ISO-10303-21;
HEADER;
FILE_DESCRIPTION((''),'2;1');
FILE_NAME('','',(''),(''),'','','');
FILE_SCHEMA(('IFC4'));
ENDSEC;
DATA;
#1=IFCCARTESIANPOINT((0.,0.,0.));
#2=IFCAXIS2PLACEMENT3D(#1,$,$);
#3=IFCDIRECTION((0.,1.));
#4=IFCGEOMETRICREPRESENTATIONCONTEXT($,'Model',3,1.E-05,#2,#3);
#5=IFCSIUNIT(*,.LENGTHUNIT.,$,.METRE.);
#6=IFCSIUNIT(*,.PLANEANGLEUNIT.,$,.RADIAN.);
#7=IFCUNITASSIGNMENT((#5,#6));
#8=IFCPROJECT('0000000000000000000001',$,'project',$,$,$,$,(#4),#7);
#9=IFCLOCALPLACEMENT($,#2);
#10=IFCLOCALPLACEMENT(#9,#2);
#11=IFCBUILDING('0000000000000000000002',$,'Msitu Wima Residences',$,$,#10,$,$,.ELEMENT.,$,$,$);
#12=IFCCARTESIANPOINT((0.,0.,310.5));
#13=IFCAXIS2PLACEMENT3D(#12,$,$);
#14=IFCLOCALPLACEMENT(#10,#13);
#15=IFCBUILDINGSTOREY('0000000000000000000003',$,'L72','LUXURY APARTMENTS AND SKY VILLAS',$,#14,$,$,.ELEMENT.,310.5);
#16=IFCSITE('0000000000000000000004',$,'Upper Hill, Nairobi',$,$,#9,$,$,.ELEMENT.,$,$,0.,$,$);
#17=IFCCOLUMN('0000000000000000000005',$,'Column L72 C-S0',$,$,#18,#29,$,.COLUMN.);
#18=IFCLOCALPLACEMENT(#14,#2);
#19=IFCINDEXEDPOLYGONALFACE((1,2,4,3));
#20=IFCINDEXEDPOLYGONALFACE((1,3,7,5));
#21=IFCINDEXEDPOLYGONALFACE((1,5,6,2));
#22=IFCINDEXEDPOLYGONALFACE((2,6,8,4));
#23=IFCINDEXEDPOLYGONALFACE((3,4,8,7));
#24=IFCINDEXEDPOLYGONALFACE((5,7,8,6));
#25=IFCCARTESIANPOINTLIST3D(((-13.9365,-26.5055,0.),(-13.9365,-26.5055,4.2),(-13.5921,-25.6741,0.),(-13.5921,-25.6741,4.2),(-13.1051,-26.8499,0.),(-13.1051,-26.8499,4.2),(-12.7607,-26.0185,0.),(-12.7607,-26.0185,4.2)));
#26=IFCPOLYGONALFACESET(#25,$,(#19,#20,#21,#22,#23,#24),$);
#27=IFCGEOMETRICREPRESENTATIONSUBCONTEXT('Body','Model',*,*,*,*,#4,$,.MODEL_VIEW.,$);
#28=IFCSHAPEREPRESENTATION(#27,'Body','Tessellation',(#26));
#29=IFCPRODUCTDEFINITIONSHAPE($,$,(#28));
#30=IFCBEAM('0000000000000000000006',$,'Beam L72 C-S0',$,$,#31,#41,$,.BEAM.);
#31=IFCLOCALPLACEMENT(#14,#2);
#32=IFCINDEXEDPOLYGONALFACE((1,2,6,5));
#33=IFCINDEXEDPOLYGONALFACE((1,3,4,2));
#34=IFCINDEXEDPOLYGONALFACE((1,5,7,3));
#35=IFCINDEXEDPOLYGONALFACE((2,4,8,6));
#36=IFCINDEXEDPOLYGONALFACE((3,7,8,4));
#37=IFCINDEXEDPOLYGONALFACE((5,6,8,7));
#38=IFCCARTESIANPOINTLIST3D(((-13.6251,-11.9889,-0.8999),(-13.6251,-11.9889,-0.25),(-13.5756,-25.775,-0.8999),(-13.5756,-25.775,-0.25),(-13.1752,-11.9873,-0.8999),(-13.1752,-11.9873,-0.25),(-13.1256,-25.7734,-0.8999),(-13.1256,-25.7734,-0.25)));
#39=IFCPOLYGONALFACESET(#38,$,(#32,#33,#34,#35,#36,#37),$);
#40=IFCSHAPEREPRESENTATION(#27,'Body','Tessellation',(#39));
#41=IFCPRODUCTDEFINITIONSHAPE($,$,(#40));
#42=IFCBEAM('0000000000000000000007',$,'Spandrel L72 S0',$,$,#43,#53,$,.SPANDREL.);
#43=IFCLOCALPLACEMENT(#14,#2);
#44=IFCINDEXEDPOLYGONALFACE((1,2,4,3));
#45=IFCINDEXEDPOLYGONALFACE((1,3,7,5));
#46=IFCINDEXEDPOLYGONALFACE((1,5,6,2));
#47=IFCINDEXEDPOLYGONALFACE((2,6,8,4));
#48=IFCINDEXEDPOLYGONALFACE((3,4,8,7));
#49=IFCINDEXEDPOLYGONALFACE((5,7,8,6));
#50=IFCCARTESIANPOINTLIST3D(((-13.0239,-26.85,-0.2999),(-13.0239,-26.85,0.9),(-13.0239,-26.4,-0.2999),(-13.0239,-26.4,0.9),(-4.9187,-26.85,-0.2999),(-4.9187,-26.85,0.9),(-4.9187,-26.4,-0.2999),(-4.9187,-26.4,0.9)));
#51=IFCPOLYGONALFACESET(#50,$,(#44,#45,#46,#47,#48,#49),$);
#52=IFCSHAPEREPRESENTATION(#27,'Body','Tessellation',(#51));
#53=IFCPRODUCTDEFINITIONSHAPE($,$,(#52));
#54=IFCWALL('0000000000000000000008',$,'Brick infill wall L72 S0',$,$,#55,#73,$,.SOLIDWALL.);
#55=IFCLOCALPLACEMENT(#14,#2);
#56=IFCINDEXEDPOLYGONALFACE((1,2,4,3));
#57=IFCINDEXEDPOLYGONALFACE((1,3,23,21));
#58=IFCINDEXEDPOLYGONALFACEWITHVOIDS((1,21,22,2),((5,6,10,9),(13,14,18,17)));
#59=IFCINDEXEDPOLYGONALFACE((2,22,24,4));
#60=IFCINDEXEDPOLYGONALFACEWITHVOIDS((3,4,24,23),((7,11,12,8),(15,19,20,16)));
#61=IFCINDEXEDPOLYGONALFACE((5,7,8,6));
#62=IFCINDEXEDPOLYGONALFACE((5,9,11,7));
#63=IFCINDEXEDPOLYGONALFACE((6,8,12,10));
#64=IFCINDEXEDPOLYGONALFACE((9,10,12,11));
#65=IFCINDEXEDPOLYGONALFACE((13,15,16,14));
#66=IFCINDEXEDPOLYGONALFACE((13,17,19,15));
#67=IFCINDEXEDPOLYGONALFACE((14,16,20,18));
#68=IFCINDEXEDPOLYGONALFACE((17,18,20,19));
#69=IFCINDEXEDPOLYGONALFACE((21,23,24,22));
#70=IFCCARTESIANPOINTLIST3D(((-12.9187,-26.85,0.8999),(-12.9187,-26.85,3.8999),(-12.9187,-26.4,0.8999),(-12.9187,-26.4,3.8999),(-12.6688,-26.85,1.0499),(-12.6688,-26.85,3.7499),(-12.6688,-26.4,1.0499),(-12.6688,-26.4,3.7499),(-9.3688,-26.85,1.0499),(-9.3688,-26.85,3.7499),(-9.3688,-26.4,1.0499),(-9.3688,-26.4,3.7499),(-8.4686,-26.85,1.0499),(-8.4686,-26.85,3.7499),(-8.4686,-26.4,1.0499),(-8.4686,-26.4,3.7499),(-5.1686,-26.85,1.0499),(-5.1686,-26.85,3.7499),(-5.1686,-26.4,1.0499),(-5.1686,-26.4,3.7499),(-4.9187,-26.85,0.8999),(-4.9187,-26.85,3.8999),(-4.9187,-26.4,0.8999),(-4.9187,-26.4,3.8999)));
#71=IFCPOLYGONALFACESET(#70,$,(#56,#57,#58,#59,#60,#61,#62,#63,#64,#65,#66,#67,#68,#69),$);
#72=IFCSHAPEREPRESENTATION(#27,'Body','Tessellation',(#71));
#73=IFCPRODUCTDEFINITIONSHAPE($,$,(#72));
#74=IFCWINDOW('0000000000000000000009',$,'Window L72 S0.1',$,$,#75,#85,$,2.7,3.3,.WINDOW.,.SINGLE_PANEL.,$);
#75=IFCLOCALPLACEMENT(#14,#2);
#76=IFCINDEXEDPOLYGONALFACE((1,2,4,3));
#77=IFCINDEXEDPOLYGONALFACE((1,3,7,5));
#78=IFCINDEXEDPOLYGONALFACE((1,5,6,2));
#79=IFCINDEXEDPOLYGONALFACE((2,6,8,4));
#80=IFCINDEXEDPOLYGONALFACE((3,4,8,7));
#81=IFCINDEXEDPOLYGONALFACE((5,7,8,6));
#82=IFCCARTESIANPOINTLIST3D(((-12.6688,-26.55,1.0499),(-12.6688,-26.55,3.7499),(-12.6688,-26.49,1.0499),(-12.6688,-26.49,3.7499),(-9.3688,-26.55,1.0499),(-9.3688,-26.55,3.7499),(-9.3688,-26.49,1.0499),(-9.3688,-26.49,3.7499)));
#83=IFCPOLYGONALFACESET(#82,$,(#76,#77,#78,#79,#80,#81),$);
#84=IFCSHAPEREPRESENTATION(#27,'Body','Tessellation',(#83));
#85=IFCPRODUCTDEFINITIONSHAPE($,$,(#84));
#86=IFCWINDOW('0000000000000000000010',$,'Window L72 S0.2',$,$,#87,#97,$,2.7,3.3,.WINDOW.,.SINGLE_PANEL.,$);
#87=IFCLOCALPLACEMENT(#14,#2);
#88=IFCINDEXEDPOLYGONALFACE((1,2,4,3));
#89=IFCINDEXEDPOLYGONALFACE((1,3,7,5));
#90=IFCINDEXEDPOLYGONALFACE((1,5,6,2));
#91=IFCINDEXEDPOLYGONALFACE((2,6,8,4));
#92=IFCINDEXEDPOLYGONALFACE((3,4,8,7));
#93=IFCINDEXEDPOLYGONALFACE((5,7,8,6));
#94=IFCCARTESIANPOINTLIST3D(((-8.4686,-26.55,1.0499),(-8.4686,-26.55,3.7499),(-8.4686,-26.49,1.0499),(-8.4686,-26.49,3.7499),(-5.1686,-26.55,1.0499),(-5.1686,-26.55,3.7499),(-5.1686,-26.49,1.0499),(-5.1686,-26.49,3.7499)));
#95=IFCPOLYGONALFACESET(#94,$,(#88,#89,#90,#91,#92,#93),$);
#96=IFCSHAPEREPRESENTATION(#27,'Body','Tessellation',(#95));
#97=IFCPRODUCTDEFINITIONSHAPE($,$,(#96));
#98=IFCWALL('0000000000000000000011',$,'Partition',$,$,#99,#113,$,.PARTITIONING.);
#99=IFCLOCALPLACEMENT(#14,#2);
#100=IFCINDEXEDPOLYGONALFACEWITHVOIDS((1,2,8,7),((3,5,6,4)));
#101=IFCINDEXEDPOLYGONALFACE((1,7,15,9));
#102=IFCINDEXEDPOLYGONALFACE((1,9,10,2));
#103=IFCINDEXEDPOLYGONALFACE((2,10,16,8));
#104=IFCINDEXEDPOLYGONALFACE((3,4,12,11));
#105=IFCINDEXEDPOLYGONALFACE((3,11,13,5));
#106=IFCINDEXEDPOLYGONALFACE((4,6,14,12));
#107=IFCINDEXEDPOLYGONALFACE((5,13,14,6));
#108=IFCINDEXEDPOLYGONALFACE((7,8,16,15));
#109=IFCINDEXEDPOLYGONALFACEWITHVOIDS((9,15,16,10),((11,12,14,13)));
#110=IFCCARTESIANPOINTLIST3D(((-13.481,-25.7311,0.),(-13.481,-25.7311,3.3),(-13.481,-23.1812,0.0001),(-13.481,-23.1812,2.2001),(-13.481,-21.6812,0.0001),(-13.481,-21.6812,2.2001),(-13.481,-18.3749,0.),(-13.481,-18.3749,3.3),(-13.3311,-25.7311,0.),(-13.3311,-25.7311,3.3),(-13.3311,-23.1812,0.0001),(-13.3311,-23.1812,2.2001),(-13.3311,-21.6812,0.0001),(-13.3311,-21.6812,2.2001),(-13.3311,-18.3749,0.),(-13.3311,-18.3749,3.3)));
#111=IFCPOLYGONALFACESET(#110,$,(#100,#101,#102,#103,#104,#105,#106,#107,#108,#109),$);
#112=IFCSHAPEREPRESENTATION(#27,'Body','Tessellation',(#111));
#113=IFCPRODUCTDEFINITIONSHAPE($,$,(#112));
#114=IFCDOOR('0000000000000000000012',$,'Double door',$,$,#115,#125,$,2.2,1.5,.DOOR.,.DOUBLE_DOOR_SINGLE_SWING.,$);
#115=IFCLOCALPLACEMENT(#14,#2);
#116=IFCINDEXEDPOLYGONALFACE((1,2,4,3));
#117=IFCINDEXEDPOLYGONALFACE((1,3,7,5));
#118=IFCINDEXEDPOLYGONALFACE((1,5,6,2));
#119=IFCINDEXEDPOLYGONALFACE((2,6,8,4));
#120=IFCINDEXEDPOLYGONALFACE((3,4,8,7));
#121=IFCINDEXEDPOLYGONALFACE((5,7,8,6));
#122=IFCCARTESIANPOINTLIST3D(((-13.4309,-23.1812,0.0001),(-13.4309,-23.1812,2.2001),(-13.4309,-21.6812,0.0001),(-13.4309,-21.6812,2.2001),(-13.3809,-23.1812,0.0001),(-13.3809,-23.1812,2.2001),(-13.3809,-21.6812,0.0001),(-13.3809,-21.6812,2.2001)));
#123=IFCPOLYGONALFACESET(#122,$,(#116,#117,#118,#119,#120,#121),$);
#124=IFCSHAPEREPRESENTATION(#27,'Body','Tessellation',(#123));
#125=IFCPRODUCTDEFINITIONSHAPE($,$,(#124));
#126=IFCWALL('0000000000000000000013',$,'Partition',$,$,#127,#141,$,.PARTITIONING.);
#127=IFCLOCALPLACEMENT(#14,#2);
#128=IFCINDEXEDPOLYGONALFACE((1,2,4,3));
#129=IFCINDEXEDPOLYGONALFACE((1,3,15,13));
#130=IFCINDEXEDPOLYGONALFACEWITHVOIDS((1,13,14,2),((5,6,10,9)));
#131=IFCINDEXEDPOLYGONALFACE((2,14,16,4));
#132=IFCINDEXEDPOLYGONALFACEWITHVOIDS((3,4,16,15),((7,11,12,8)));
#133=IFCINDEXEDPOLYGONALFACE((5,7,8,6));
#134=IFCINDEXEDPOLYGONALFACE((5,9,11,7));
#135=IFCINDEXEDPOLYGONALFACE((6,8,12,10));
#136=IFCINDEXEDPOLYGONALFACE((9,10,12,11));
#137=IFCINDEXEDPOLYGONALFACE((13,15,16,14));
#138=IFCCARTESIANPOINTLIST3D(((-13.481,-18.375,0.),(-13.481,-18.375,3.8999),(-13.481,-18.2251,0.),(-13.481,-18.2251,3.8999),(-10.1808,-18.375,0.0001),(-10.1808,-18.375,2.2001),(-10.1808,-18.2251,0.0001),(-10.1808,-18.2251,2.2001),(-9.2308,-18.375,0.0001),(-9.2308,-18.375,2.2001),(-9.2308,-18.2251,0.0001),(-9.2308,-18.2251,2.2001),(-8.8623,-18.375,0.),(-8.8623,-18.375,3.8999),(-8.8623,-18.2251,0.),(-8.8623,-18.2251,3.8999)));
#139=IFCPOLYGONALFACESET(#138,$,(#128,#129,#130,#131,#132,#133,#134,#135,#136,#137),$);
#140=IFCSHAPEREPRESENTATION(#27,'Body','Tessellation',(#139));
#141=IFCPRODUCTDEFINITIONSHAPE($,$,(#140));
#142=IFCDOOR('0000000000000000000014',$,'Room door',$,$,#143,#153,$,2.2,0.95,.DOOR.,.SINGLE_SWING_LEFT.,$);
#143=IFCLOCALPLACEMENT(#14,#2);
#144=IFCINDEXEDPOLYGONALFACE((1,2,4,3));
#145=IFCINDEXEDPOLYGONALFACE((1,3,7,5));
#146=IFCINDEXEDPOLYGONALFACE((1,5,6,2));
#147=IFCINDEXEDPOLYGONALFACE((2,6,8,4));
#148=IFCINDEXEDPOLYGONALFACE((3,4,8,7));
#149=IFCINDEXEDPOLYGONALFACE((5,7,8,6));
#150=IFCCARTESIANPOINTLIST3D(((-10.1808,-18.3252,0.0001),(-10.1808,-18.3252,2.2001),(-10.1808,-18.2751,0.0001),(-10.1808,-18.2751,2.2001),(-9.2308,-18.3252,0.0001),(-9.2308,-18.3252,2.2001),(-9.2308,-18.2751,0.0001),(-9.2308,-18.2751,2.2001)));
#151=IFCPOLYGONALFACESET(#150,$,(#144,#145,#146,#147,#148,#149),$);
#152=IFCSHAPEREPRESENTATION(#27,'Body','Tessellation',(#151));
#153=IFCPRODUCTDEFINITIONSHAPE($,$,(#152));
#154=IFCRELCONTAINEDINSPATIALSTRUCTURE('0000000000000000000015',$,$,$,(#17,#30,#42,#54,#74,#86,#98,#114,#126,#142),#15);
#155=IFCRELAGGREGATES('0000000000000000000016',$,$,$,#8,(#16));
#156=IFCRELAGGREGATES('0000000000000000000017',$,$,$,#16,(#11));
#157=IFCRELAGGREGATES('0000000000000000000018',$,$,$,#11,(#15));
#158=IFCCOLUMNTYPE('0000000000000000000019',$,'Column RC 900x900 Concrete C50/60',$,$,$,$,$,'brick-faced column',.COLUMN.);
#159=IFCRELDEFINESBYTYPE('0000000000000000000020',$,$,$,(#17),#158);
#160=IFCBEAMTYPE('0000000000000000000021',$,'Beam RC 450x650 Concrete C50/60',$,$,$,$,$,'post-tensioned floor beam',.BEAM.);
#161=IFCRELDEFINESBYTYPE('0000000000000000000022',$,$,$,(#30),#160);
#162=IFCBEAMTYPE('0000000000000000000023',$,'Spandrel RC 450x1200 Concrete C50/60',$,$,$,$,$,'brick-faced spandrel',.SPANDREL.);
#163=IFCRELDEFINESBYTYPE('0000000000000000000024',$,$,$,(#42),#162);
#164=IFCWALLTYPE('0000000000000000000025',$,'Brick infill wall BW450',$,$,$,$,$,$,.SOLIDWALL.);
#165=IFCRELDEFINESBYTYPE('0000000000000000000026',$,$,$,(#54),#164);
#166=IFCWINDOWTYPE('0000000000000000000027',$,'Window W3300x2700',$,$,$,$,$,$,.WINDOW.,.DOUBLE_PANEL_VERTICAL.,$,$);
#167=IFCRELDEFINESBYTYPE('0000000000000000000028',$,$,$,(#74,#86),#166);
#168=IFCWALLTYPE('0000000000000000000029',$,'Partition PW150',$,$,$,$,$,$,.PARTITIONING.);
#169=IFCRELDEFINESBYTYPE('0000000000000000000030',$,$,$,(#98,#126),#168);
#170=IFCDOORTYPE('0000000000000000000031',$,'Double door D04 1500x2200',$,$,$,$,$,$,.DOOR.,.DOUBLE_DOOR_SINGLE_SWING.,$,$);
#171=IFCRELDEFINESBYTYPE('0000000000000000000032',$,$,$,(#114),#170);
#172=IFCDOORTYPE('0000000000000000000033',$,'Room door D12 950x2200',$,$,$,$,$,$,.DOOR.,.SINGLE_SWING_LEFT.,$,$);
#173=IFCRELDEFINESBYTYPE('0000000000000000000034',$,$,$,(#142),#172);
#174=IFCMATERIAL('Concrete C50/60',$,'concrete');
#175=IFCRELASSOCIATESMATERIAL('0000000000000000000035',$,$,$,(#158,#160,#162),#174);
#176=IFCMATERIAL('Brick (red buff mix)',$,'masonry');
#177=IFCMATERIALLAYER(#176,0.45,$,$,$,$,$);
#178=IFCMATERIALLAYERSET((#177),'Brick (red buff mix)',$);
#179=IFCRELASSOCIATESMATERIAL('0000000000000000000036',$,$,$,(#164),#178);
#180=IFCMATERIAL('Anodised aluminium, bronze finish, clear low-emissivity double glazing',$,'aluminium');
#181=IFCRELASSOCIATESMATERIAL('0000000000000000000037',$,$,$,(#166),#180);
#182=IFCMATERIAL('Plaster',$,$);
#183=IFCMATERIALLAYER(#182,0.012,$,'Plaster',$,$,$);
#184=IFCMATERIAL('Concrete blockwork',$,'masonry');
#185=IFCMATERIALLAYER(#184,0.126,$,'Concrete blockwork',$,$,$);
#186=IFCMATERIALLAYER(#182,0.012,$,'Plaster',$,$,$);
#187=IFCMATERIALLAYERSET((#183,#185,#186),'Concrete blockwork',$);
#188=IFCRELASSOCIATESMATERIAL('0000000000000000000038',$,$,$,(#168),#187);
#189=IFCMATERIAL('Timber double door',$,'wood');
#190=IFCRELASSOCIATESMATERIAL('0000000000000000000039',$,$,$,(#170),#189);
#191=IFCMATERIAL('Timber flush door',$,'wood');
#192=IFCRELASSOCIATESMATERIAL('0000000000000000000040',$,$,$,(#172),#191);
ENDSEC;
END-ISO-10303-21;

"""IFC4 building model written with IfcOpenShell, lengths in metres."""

from ifc_helpers import new_model, si_unit, direction, frame, frame_2d, origin, origin_2d, place, context, subcontext, project, spatial, rectangle, extrude, material, layer, layer_set, material_profile, profile_set, type_object, element, fill, save


model = new_model("IFC4")

# Units and contexts
model_context = context("Model", 3, precision=1e-05, world=origin(), true_north=direction((0.0, 1.0)))
body_context = subcontext(model_context, "Body", "Model", "MODEL_VIEW")
ifc_project = project(units=[si_unit("LENGTHUNIT", "METRE"), si_unit("PLANEANGLEUNIT", "RADIAN")], contexts=[model_context])

# Site, building, storey
site_placement = place(None, origin())
site = spatial("IfcSite", under=ifc_project, at=site_placement, Name="Upper Hill, Nairobi", CompositionType="ELEMENT", RefElevation=0.0)
building_placement = place(site_placement, origin())
building = spatial("IfcBuilding", under=site, at=building_placement, Name="Msitu Wima Residences", CompositionType="ELEMENT")
storey_placement = place(building_placement, frame((0.0, 0.0, 310.5)))
storey = spatial("IfcBuildingStorey", under=building, at=storey_placement, Name="L72", Description="LUXURY APARTMENTS AND SKY VILLAS", CompositionType="ELEMENT", Elevation=310.5)

# Column
ifc_material_1 = material(Name="Concrete C50/60", Category="concrete")
ifc_material_profile_1 = material_profile(ifc_material_1, rectangle(XDim=0.8999, YDim=0.8999, at=origin_2d()), Name="RC 900x900")
ifc_profile_set_1 = profile_set([ifc_material_profile_1], Name="Concrete C50/60")
column_type = type_object("IfcColumnType", Name="Column RC 900x900 Concrete C50/60", ElementType="brick-faced column", PredefinedType="COLUMN", material=ifc_profile_set_1)
column_placement = place(storey_placement, frame((-13.3486, -26.262, 0.0), z_axis=(0.0, 0.0, 1.0), x_axis=(0.92388, -0.382683, 0.0)))
element("IfcColumn", 1, at=column_placement, inside=storey, type_object=column_type, Name="Column L72 C-S0", PredefinedType="COLUMN", context=body_context, shape_type="SweptSolid", body=[
    extrude(rectangle(XDim=0.8999, YDim=0.8999, at=origin_2d()), origin(), (0.0, 0.0, 1.0), 4.2),
])

# Beams
ifc_material_profile_2 = material_profile(ifc_material_1, rectangle(XDim=0.45, YDim=0.6499, at=origin_2d()), Name="RC 450x650")
ifc_profile_set_2 = profile_set([ifc_material_profile_2], Name="Concrete C50/60")
beam_type_1 = type_object("IfcBeamType", Name="Beam RC 450x650 Concrete C50/60", ElementType="post-tensioned floor beam", PredefinedType="BEAM", material=ifc_profile_set_2)
beam_1_placement = place(storey_placement, frame((-13.3506, -25.7742, -0.575), z_axis=(-0.003595, 0.999994, 0.0), x_axis=(-0.999994, -0.003595, 0.0)))
element("IfcBeam", 2, at=beam_1_placement, inside=storey, type_object=beam_type_1, Name="Beam L72 C-S0", PredefinedType="BEAM", context=body_context, shape_type="SweptSolid", body=[
    extrude(rectangle(XDim=0.45, YDim=0.6499, at=origin_2d()), origin(), (0.0, 0.0, 1.0), 13.7861),
])
ifc_material_profile_3 = material_profile(ifc_material_1, rectangle(XDim=0.45, YDim=1.2, at=origin_2d()), Name="RC 450x1200")
ifc_profile_set_3 = profile_set([ifc_material_profile_3], Name="Concrete C50/60")
beam_type_2 = type_object("IfcBeamType", Name="Spandrel RC 450x1200 Concrete C50/60", ElementType="brick-faced spandrel", PredefinedType="SPANDREL", material=ifc_profile_set_3)
beam_2_placement = place(storey_placement, frame((-13.0239, -26.625, 0.3), z_axis=(1.0, 0.0, 0.0), x_axis=(0.0, 1.0, 0.0)))
element("IfcBeam", 3, at=beam_2_placement, inside=storey, type_object=beam_type_2, Name="Spandrel L72 S0", PredefinedType="SPANDREL", context=body_context, shape_type="SweptSolid", body=[
    extrude(rectangle(XDim=0.45, YDim=1.2, at=origin_2d()), origin(), (0.0, 0.0, 1.0), 8.1052),
])

# Wall, openings, windows
ifc_material_2 = material(Name="Brick (red buff mix)", Category="masonry")
ifc_layer_1 = layer(ifc_material_2, 0.45)
ifc_layer_set_1 = layer_set([ifc_layer_1], Name="Brick (red buff mix)")
wall_type_1 = type_object("IfcWallType", Name="Brick infill wall BW450", PredefinedType="SOLIDWALL", material=ifc_layer_set_1)
wall_1_placement = place(storey_placement, frame((-12.9187, -26.625, 0.8999), z_axis=(0.0, 0.0, 1.0), x_axis=(1.0, 0.0, 0.0)))
wall_1 = element("IfcWall", 4, at=wall_1_placement, inside=storey, type_object=wall_type_1, Name="Brick infill wall L72 S0", PredefinedType="SOLIDWALL", context=body_context, shape_type="SweptSolid", body=[
    extrude(rectangle(XDim=8.0, YDim=0.45, at=frame_2d((4.0, 0.0))), origin(), (0.0, 0.0, 1.0), 3.0),
])
opening_1_placement = place(wall_1_placement, frame((0.25, 0.0, 0.1499)))
opening_1 = element("IfcOpeningElement", 5, at=opening_1_placement, cuts=wall_1, PredefinedType="OPENING", context=body_context, shape_type="SweptSolid", body=[
    extrude(rectangle(XDim=3.3, YDim=2.7, at=frame_2d((1.6499, 1.3501))), frame((0.0, 0.2349, 0.0), z_axis=(0.0, -1.0, 0.0), x_axis=(1.0, 0.0, 0.0)), (0.0, 0.0, 1.0), 0.47),
])
opening_2_placement = place(wall_1_placement, frame((4.4502, 0.0, 0.1499)))
opening_2 = element("IfcOpeningElement", 6, at=opening_2_placement, cuts=wall_1, PredefinedType="OPENING", context=body_context, shape_type="SweptSolid", body=[
    extrude(rectangle(XDim=3.3, YDim=2.7, at=frame_2d((1.6499, 1.3501))), frame((0.0, 0.2349, 0.0), z_axis=(0.0, -1.0, 0.0), x_axis=(1.0, 0.0, 0.0)), (0.0, 0.0, 1.0), 0.47),
])
ifc_material_3 = material(Name="Anodised aluminium, bronze finish, clear low-emissivity double glazing", Category="aluminium")
window_type = type_object("IfcWindowType", Name="Window W3300x2700", PartitioningType="DOUBLE_PANEL_VERTICAL", PredefinedType="WINDOW", material=ifc_material_3)
window_1_placement = place(opening_1_placement, origin())
window_1 = element("IfcWindow", 7, at=window_1_placement, inside=storey, type_object=window_type, Name="Window L72 S0.1", OverallHeight=2.7, OverallWidth=3.3, PartitioningType="SINGLE_PANEL", PredefinedType="WINDOW", context=body_context, shape_type="SweptSolid", body=[
    extrude(rectangle(XDim=3.3, YDim=2.7, at=frame_2d((1.6499, 1.3501))), frame((0.0, 0.135, 0.0), z_axis=(0.0, -1.0, 0.0), x_axis=(1.0, 0.0, 0.0)), (0.0, 0.0, 1.0), 0.0601),
])
fill(opening_1, window_1)
window_2_placement = place(opening_2_placement, origin())
window_2 = element("IfcWindow", 8, at=window_2_placement, inside=storey, type_object=window_type, Name="Window L72 S0.2", OverallHeight=2.7, OverallWidth=3.3, PartitioningType="SINGLE_PANEL", PredefinedType="WINDOW", context=body_context, shape_type="SweptSolid", body=[
    extrude(rectangle(XDim=3.3, YDim=2.7, at=frame_2d((1.6499, 1.3501))), frame((0.0, 0.135, 0.0), z_axis=(0.0, -1.0, 0.0), x_axis=(1.0, 0.0, 0.0)), (0.0, 0.0, 1.0), 0.0601),
])
fill(opening_2, window_2)

# Walls, openings, doors
ifc_material_4 = material(Name="Plaster")
ifc_layer_2 = layer(ifc_material_4, 0.012, Name="Plaster")
ifc_material_5 = material(Name="Concrete blockwork", Category="masonry")
ifc_layer_3 = layer(ifc_material_5, 0.126, Name="Concrete blockwork")
ifc_layer_4 = layer(ifc_material_4, 0.012, Name="Plaster")
ifc_layer_set_2 = layer_set([ifc_layer_2, ifc_layer_3, ifc_layer_4], Name="Concrete blockwork")
wall_type_2 = type_object("IfcWallType", Name="Partition PW150", PredefinedType="PARTITIONING", material=ifc_layer_set_2)
wall_2_placement = place(storey_placement, frame((-13.406, -25.7312, 0.0), z_axis=(0.0, 0.0, 1.0), x_axis=(0.0, 1.0, 0.0)))
wall_2 = element("IfcWall", 9, at=wall_2_placement, inside=storey, type_object=wall_type_2, Name="Partition", PredefinedType="PARTITIONING", context=body_context, shape_type="SweptSolid", body=[
    extrude(rectangle(XDim=7.3562, YDim=0.1499, at=frame_2d((3.6782, 0.0))), origin(), (0.0, 0.0, 1.0), 3.3),
])
opening_3_placement = place(wall_2_placement, frame((2.55, 0.0, 0.0)))
opening_3 = element("IfcOpeningElement", 10, at=opening_3_placement, cuts=wall_2, PredefinedType="OPENING", context=body_context, shape_type="SweptSolid", body=[
    extrude(rectangle(XDim=1.5, YDim=2.2, at=frame_2d((0.75, 1.1001))), frame((0.0, 0.085, 0.0), z_axis=(0.0, -1.0, 0.0), x_axis=(1.0, 0.0, 0.0)), (0.0, 0.0, 1.0), 0.1699),
])
ifc_material_6 = material(Name="Timber double door", Category="wood")
door_type_1 = type_object("IfcDoorType", Name="Double door D04 1500x2200", OperationType="DOUBLE_DOOR_SINGLE_SWING", PredefinedType="DOOR", material=ifc_material_6)
door_1_placement = place(opening_3_placement, origin())
door_1 = element("IfcDoor", 11, at=door_1_placement, inside=storey, type_object=door_type_1, Name="Double door", OperationType="DOUBLE_DOOR_SINGLE_SWING", OverallHeight=2.2, OverallWidth=1.5, PredefinedType="DOOR", context=body_context, shape_type="SweptSolid", body=[
    extrude(rectangle(XDim=1.5, YDim=2.2, at=frame_2d((0.75, 1.1001))), frame((0.0, 0.0249, 0.0), z_axis=(0.0, -1.0, 0.0), x_axis=(1.0, 0.0, 0.0)), (0.0, 0.0, 1.0), 0.05),
])
fill(opening_3, door_1)
wall_3_placement = place(storey_placement, frame((-13.481, -18.3, 0.0), z_axis=(0.0, 0.0, 1.0), x_axis=(1.0, 0.0, 0.0)))
wall_3 = element("IfcWall", 12, at=wall_3_placement, inside=storey, type_object=wall_type_2, Name="Partition", PredefinedType="PARTITIONING", context=body_context, shape_type="SweptSolid", body=[
    extrude(rectangle(XDim=4.6187, YDim=0.1499, at=frame_2d((2.3093, 0.0))), origin(), (0.0, 0.0, 1.0), 3.8999),
])
opening_4_placement = place(wall_3_placement, frame((3.3, 0.0, 0.0)))
opening_4 = element("IfcOpeningElement", 13, at=opening_4_placement, cuts=wall_3, PredefinedType="OPENING", context=body_context, shape_type="SweptSolid", body=[
    extrude(rectangle(XDim=0.95, YDim=2.2, at=frame_2d((0.4751, 1.1001))), frame((0.0, 0.085, 0.0), z_axis=(0.0, -1.0, 0.0), x_axis=(1.0, 0.0, 0.0)), (0.0, 0.0, 1.0), 0.1699),
])
ifc_material_7 = material(Name="Timber flush door", Category="wood")
door_type_2 = type_object("IfcDoorType", Name="Room door D12 950x2200", OperationType="SINGLE_SWING_LEFT", PredefinedType="DOOR", material=ifc_material_7)
door_2_placement = place(opening_4_placement, origin())
door_2 = element("IfcDoor", 14, at=door_2_placement, inside=storey, type_object=door_type_2, Name="Room door", OperationType="SINGLE_SWING_LEFT", OverallHeight=2.2, OverallWidth=0.95, PredefinedType="DOOR", context=body_context, shape_type="SweptSolid", body=[
    extrude(rectangle(XDim=0.95, YDim=2.2, at=frame_2d((0.4751, 1.1001))), frame((0.0, 0.0249, 0.0), z_axis=(0.0, -1.0, 0.0), x_axis=(1.0, 0.0, 0.0)), (0.0, 0.0, 1.0), 0.05),
])
fill(opening_4, door_2)

save(model, "model.ifc")
